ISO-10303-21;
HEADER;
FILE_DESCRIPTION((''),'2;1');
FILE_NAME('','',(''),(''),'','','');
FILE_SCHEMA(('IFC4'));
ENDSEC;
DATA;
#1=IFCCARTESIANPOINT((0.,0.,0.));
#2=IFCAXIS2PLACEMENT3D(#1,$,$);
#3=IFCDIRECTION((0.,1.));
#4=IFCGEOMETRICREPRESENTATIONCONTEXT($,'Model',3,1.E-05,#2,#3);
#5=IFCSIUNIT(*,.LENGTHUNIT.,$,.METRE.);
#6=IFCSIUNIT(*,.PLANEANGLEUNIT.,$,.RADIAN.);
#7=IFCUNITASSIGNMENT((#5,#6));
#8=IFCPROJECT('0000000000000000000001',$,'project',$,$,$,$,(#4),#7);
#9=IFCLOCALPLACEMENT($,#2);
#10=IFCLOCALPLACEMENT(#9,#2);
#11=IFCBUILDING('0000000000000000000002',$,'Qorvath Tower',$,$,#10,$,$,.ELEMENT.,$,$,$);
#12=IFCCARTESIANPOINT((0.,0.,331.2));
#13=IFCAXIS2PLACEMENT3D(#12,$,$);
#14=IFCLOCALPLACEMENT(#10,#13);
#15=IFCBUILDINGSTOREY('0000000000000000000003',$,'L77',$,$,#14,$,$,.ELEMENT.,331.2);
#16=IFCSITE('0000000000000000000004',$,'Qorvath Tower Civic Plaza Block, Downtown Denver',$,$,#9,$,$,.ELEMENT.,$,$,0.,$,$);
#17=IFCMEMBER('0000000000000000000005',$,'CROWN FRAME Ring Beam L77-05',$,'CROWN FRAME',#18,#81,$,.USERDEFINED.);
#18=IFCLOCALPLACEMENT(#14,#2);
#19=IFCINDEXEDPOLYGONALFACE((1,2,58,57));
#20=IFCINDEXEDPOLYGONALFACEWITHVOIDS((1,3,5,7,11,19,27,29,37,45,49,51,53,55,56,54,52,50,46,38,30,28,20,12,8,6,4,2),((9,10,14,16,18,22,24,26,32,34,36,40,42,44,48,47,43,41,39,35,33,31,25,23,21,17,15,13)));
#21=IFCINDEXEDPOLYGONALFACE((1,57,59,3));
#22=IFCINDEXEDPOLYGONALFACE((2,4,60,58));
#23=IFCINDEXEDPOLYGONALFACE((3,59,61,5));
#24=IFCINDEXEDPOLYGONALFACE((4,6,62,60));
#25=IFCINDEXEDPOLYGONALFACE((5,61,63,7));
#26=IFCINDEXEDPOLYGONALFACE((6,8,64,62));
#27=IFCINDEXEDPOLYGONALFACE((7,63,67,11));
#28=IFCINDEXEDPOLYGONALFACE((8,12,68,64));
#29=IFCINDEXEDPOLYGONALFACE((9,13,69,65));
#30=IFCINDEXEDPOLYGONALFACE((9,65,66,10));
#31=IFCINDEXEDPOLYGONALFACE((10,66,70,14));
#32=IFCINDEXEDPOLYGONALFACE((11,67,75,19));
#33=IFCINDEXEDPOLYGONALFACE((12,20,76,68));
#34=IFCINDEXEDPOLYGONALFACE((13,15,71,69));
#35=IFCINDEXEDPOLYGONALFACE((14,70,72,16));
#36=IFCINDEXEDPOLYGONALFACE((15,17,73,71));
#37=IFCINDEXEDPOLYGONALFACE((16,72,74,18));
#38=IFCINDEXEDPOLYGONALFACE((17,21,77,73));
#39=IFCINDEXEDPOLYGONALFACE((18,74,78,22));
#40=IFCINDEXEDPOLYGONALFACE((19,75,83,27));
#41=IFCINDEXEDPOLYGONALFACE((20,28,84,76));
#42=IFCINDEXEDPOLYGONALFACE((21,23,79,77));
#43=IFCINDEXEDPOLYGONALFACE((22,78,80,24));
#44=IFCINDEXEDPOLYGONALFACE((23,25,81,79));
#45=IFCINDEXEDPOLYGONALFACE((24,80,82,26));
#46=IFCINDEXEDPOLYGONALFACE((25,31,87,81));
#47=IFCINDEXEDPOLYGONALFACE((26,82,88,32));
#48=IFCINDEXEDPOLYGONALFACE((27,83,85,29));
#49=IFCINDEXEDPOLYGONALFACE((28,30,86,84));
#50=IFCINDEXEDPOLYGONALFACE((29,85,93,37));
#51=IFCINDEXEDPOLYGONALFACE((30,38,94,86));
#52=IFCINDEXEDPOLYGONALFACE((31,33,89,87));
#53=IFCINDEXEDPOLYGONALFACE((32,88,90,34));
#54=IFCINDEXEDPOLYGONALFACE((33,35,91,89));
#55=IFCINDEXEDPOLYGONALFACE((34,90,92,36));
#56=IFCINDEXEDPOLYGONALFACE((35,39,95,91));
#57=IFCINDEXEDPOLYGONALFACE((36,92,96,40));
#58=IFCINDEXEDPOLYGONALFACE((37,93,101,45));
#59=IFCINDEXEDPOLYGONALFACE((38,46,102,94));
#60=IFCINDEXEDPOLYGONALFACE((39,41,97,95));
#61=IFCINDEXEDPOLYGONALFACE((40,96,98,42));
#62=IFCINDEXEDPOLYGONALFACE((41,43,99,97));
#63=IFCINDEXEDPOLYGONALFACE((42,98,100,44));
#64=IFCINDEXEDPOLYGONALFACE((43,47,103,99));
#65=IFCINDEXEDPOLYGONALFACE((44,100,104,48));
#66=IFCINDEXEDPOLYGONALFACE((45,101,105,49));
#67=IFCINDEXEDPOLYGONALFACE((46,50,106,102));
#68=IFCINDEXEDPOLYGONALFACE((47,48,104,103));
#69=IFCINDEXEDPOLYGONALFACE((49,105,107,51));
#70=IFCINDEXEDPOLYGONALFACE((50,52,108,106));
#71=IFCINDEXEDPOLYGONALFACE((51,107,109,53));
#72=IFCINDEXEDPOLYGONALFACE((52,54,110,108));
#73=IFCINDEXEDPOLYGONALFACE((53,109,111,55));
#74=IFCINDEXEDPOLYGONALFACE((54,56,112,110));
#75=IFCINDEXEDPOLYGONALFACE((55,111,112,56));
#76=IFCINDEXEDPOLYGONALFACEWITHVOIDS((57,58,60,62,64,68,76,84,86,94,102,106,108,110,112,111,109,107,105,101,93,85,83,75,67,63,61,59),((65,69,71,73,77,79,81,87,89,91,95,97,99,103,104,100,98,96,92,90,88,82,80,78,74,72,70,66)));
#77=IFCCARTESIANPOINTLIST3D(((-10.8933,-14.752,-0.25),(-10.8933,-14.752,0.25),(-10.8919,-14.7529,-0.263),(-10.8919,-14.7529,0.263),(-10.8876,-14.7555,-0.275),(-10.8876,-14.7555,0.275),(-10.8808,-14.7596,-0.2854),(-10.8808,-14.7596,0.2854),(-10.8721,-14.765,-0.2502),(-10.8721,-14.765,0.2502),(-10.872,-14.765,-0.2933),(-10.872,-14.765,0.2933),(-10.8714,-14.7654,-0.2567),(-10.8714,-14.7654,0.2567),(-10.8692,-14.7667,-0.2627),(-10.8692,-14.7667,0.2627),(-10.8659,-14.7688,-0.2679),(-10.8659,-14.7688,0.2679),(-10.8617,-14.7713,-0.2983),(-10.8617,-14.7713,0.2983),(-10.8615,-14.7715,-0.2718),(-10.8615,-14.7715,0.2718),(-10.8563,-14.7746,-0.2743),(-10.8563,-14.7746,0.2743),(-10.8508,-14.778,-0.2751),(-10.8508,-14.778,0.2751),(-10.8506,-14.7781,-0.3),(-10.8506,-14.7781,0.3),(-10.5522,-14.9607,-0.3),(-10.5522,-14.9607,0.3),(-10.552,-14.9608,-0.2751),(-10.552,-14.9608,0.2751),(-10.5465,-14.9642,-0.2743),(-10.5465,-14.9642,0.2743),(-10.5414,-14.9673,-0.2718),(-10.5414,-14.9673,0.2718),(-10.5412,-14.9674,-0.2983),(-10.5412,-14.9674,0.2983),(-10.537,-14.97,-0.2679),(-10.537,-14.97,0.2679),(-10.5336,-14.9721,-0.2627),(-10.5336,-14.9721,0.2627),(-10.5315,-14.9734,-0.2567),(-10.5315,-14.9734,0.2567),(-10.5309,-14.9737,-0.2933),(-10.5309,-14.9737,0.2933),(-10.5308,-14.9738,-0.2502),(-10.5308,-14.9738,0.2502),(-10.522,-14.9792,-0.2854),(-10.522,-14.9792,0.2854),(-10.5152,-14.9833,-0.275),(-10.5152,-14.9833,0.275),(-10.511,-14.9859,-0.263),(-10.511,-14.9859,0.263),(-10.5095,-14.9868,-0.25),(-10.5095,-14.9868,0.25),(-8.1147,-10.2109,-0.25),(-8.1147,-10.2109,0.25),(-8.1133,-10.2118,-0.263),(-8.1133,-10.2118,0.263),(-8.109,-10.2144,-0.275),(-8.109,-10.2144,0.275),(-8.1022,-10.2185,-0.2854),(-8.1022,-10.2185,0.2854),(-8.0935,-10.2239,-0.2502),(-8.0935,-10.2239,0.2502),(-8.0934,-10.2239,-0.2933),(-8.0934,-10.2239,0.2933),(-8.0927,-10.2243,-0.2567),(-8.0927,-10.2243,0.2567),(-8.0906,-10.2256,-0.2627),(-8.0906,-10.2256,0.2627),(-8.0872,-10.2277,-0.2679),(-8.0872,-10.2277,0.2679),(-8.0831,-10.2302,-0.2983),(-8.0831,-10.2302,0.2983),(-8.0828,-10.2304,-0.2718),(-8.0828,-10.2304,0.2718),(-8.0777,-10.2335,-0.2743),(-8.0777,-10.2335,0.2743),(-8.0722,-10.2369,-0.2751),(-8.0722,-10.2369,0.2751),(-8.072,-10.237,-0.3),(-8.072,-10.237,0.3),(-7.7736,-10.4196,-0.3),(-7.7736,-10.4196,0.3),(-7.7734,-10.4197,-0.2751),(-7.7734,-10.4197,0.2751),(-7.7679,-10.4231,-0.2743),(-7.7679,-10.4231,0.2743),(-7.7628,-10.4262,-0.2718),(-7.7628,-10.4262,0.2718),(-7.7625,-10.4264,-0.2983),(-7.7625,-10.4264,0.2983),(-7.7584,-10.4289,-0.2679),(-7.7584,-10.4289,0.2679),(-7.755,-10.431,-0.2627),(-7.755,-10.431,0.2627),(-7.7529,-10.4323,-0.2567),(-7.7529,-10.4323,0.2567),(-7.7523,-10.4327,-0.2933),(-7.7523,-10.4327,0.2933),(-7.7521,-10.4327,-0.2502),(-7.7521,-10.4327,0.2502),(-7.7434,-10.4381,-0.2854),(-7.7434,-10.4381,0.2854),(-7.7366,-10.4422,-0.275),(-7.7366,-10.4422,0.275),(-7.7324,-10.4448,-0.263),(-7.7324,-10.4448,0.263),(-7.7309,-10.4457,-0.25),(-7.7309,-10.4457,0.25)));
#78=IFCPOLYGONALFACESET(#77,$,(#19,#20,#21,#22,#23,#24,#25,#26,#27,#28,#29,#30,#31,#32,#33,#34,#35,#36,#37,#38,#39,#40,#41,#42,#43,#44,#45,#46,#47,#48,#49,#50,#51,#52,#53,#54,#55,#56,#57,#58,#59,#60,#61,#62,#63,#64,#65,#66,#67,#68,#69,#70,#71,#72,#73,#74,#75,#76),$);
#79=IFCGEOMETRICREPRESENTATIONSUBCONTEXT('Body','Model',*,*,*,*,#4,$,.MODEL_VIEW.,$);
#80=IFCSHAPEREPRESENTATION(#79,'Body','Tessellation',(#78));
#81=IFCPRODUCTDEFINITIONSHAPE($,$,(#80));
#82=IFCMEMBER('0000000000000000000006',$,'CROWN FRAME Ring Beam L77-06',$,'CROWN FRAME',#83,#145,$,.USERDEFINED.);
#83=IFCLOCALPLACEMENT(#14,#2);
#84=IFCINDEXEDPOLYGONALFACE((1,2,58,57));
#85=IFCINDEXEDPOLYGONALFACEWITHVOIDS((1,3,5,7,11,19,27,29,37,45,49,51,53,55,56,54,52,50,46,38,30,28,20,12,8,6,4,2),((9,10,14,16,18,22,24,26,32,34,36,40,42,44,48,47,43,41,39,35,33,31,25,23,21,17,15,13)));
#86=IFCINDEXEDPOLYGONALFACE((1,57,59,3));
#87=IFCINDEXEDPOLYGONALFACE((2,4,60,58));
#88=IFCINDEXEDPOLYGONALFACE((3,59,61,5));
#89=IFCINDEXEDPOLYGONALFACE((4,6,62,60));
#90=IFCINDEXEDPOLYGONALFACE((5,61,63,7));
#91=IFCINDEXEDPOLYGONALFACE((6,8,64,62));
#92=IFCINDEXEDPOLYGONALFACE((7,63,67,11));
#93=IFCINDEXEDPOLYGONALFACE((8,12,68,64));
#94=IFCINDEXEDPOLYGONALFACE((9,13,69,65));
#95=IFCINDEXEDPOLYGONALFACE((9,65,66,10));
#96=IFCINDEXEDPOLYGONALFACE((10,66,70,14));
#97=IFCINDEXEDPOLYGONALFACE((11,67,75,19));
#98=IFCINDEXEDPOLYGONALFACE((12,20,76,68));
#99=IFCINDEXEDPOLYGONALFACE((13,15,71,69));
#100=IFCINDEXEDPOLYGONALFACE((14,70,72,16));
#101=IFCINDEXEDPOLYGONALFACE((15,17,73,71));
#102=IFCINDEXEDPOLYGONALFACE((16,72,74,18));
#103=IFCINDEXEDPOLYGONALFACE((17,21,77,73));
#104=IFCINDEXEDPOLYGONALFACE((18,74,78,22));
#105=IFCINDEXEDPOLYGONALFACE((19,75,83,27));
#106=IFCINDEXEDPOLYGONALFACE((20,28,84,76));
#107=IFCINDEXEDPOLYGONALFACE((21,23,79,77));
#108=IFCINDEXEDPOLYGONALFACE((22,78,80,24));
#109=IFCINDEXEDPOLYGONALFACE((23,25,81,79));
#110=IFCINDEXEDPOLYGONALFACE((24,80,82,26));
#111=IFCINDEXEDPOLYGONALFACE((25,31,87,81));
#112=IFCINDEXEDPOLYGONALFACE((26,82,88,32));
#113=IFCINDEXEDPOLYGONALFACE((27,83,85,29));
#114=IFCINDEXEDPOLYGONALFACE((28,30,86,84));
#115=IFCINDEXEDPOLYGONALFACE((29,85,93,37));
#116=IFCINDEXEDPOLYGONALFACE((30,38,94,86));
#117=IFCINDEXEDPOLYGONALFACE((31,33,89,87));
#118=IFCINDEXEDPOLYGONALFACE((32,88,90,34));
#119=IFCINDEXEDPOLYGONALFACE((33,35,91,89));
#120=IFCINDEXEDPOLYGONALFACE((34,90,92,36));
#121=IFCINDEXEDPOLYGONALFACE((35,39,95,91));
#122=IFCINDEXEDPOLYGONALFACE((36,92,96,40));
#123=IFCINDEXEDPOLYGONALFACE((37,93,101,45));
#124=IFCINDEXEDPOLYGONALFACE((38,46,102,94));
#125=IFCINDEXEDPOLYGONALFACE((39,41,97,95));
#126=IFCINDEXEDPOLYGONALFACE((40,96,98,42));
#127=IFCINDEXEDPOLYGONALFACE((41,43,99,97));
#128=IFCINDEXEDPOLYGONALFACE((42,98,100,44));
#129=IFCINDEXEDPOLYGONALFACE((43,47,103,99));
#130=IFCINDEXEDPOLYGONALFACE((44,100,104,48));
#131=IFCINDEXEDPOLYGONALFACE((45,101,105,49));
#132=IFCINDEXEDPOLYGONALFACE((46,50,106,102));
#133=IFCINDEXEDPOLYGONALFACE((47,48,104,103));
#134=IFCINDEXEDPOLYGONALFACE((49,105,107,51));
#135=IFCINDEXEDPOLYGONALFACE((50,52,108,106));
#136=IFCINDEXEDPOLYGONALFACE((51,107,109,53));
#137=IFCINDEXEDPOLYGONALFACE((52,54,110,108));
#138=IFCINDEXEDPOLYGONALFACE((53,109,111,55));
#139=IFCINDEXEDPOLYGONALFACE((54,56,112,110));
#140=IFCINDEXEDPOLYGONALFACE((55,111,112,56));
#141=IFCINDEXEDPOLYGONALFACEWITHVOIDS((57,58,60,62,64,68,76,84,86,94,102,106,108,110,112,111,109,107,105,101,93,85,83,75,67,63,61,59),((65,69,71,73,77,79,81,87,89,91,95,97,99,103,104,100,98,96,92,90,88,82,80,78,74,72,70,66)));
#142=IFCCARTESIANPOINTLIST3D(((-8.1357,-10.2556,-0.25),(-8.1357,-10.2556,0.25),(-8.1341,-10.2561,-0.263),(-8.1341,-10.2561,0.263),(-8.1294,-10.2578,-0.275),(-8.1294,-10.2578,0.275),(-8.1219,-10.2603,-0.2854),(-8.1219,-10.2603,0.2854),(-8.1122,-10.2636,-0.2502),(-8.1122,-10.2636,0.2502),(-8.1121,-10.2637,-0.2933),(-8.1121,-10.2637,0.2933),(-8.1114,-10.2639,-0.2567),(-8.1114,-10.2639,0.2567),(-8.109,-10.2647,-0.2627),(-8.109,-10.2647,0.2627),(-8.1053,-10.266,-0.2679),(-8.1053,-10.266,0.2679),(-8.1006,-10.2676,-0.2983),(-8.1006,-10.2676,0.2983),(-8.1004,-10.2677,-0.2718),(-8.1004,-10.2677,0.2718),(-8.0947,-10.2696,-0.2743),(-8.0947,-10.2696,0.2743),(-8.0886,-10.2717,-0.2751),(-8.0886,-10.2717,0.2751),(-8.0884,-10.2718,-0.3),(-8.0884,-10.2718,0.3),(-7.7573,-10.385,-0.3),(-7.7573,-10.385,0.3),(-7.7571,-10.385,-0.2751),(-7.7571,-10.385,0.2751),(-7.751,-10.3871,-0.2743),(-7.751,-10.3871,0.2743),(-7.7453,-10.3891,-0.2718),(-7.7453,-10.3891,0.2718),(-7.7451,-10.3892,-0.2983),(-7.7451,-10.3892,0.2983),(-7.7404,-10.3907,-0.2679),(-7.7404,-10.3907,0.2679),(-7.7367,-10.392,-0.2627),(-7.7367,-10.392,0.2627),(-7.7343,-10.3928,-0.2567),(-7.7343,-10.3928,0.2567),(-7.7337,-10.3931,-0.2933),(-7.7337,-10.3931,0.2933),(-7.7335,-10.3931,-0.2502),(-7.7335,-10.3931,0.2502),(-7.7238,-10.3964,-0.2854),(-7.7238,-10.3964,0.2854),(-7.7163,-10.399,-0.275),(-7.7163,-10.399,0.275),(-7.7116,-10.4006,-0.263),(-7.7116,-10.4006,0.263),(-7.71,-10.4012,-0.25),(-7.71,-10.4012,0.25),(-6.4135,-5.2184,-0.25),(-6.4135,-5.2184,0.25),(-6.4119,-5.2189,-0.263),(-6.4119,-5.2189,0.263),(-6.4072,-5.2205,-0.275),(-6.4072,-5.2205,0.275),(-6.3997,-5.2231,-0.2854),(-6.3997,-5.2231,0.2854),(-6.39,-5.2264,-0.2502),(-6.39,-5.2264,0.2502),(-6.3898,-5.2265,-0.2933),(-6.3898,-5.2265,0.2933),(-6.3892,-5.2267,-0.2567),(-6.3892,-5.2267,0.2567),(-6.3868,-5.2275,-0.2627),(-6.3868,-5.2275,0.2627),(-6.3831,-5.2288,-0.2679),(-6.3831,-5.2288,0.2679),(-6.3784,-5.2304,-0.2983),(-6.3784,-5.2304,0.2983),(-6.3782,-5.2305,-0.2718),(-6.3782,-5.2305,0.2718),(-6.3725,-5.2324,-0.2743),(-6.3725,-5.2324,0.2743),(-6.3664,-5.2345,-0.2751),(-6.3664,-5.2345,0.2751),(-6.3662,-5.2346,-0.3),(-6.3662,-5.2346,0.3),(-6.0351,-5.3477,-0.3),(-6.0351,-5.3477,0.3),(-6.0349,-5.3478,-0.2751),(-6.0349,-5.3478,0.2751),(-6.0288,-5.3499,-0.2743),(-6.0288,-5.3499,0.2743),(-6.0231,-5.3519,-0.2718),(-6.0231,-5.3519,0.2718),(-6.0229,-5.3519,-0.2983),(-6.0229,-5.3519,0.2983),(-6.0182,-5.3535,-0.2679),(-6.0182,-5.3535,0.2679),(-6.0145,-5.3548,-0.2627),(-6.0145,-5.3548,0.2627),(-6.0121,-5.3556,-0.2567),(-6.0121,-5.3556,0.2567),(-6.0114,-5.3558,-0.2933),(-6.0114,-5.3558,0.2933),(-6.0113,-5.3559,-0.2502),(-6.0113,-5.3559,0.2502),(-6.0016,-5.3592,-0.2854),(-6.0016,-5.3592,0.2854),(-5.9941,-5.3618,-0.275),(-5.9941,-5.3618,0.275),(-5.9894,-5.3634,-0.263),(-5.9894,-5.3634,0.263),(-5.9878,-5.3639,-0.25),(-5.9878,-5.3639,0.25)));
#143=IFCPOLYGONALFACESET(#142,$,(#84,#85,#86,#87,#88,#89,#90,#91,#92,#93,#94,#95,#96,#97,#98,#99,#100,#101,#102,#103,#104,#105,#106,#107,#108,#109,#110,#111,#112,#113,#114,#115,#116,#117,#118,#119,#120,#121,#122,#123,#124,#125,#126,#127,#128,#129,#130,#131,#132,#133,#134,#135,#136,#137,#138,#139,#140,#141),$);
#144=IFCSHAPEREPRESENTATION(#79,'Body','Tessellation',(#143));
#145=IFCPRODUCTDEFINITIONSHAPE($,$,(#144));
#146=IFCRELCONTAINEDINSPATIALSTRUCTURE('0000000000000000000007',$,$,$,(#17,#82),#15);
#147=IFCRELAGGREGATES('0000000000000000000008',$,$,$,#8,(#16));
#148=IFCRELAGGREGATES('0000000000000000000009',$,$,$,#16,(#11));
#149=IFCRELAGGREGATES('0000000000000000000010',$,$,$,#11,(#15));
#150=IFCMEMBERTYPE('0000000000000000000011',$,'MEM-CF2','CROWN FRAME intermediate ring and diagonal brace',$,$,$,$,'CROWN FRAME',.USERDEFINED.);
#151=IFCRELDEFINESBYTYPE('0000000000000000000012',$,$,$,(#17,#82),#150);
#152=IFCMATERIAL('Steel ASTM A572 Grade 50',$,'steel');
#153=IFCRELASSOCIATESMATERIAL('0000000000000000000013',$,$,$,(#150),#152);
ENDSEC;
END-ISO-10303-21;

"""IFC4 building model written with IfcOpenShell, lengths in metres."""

from ifc_helpers import new_model, si_unit, direction, frame, origin, origin_2d, place, context, subcontext, project, spatial, hollow_rectangle, extrude, material, material_profile, profile_set, type_object, element, save


model = new_model("IFC4")

# Units and contexts
model_context = context("Model", 3, precision=1e-05, world=origin(), true_north=direction((0.0, 1.0)))
body_context = subcontext(model_context, "Body", "Model", "MODEL_VIEW")
ifc_project = project(units=[si_unit("LENGTHUNIT", "METRE"), si_unit("PLANEANGLEUNIT", "RADIAN")], contexts=[model_context])

# Site, building, storey
site_placement = place(None, origin())
site = spatial("IfcSite", under=ifc_project, at=site_placement, Name="Qorvath Tower Civic Plaza Block, Downtown Denver", CompositionType="ELEMENT", RefElevation=0.0)
building_placement = place(site_placement, origin())
building = spatial("IfcBuilding", under=site, at=building_placement, Name="Qorvath Tower", CompositionType="ELEMENT")
storey_placement = place(building_placement, frame((0.0, 0.0, 331.2)))
storey = spatial("IfcBuildingStorey", under=building, at=storey_placement, Name="L77", CompositionType="ELEMENT", Elevation=331.2)

# Members
ifc_material_1 = material(Name="Steel ASTM A572 Grade 50", Category="steel")
ifc_material_profile_1 = material_profile(ifc_material_1, hollow_rectangle(XDim=0.45, YDim=0.6001, WallThickness=0.0249, InnerFilletRadius=0.0249, OuterFilletRadius=0.05, at=origin_2d()), Name="CROWN BOX 600x450x25")
ifc_profile_set_1 = profile_set([ifc_material_profile_1], Name="Steel ASTM A572 Grade 50")
member_type_1 = type_object("IfcMemberType", Name="MEM-CF2", Description="CROWN FRAME intermediate ring and diagonal brace", ElementType="CROWN FRAME", PredefinedType="USERDEFINED", material=ifc_profile_set_1)
member_1_placement = place(storey_placement, frame((-10.7014, -14.8694, 0.0), z_axis=(0.521929, 0.852989, 0.0), x_axis=(-0.852989, 0.521929, 0.0)))
element("IfcMember", 1, at=member_1_placement, inside=storey, type_object=member_type_1, Name="CROWN FRAME Ring Beam L77-05", ObjectType="CROWN FRAME", PredefinedType="USERDEFINED", context=body_context, shape_type="SweptSolid", body=[
    extrude(hollow_rectangle(XDim=0.45, YDim=0.6001, WallThickness=0.0249, InnerFilletRadius=0.0249, OuterFilletRadius=0.05, at=origin_2d()), origin(), (0.0, 0.0, 1.0), 5.3237),
])
member_2_placement = place(storey_placement, frame((-7.9229, -10.3284, 0.0), z_axis=(0.32351, 0.946225, 0.0), x_axis=(-0.946225, 0.32351, 0.0)))
element("IfcMember", 2, at=member_2_placement, inside=storey, type_object=member_type_1, Name="CROWN FRAME Ring Beam L77-06", ObjectType="CROWN FRAME", PredefinedType="USERDEFINED", context=body_context, shape_type="SweptSolid", body=[
    extrude(hollow_rectangle(XDim=0.45, YDim=0.6001, WallThickness=0.0249, InnerFilletRadius=0.0249, OuterFilletRadius=0.05, at=origin_2d()), origin(), (0.0, 0.0, 1.0), 5.3235),
])

save(model, "model.ifc")
